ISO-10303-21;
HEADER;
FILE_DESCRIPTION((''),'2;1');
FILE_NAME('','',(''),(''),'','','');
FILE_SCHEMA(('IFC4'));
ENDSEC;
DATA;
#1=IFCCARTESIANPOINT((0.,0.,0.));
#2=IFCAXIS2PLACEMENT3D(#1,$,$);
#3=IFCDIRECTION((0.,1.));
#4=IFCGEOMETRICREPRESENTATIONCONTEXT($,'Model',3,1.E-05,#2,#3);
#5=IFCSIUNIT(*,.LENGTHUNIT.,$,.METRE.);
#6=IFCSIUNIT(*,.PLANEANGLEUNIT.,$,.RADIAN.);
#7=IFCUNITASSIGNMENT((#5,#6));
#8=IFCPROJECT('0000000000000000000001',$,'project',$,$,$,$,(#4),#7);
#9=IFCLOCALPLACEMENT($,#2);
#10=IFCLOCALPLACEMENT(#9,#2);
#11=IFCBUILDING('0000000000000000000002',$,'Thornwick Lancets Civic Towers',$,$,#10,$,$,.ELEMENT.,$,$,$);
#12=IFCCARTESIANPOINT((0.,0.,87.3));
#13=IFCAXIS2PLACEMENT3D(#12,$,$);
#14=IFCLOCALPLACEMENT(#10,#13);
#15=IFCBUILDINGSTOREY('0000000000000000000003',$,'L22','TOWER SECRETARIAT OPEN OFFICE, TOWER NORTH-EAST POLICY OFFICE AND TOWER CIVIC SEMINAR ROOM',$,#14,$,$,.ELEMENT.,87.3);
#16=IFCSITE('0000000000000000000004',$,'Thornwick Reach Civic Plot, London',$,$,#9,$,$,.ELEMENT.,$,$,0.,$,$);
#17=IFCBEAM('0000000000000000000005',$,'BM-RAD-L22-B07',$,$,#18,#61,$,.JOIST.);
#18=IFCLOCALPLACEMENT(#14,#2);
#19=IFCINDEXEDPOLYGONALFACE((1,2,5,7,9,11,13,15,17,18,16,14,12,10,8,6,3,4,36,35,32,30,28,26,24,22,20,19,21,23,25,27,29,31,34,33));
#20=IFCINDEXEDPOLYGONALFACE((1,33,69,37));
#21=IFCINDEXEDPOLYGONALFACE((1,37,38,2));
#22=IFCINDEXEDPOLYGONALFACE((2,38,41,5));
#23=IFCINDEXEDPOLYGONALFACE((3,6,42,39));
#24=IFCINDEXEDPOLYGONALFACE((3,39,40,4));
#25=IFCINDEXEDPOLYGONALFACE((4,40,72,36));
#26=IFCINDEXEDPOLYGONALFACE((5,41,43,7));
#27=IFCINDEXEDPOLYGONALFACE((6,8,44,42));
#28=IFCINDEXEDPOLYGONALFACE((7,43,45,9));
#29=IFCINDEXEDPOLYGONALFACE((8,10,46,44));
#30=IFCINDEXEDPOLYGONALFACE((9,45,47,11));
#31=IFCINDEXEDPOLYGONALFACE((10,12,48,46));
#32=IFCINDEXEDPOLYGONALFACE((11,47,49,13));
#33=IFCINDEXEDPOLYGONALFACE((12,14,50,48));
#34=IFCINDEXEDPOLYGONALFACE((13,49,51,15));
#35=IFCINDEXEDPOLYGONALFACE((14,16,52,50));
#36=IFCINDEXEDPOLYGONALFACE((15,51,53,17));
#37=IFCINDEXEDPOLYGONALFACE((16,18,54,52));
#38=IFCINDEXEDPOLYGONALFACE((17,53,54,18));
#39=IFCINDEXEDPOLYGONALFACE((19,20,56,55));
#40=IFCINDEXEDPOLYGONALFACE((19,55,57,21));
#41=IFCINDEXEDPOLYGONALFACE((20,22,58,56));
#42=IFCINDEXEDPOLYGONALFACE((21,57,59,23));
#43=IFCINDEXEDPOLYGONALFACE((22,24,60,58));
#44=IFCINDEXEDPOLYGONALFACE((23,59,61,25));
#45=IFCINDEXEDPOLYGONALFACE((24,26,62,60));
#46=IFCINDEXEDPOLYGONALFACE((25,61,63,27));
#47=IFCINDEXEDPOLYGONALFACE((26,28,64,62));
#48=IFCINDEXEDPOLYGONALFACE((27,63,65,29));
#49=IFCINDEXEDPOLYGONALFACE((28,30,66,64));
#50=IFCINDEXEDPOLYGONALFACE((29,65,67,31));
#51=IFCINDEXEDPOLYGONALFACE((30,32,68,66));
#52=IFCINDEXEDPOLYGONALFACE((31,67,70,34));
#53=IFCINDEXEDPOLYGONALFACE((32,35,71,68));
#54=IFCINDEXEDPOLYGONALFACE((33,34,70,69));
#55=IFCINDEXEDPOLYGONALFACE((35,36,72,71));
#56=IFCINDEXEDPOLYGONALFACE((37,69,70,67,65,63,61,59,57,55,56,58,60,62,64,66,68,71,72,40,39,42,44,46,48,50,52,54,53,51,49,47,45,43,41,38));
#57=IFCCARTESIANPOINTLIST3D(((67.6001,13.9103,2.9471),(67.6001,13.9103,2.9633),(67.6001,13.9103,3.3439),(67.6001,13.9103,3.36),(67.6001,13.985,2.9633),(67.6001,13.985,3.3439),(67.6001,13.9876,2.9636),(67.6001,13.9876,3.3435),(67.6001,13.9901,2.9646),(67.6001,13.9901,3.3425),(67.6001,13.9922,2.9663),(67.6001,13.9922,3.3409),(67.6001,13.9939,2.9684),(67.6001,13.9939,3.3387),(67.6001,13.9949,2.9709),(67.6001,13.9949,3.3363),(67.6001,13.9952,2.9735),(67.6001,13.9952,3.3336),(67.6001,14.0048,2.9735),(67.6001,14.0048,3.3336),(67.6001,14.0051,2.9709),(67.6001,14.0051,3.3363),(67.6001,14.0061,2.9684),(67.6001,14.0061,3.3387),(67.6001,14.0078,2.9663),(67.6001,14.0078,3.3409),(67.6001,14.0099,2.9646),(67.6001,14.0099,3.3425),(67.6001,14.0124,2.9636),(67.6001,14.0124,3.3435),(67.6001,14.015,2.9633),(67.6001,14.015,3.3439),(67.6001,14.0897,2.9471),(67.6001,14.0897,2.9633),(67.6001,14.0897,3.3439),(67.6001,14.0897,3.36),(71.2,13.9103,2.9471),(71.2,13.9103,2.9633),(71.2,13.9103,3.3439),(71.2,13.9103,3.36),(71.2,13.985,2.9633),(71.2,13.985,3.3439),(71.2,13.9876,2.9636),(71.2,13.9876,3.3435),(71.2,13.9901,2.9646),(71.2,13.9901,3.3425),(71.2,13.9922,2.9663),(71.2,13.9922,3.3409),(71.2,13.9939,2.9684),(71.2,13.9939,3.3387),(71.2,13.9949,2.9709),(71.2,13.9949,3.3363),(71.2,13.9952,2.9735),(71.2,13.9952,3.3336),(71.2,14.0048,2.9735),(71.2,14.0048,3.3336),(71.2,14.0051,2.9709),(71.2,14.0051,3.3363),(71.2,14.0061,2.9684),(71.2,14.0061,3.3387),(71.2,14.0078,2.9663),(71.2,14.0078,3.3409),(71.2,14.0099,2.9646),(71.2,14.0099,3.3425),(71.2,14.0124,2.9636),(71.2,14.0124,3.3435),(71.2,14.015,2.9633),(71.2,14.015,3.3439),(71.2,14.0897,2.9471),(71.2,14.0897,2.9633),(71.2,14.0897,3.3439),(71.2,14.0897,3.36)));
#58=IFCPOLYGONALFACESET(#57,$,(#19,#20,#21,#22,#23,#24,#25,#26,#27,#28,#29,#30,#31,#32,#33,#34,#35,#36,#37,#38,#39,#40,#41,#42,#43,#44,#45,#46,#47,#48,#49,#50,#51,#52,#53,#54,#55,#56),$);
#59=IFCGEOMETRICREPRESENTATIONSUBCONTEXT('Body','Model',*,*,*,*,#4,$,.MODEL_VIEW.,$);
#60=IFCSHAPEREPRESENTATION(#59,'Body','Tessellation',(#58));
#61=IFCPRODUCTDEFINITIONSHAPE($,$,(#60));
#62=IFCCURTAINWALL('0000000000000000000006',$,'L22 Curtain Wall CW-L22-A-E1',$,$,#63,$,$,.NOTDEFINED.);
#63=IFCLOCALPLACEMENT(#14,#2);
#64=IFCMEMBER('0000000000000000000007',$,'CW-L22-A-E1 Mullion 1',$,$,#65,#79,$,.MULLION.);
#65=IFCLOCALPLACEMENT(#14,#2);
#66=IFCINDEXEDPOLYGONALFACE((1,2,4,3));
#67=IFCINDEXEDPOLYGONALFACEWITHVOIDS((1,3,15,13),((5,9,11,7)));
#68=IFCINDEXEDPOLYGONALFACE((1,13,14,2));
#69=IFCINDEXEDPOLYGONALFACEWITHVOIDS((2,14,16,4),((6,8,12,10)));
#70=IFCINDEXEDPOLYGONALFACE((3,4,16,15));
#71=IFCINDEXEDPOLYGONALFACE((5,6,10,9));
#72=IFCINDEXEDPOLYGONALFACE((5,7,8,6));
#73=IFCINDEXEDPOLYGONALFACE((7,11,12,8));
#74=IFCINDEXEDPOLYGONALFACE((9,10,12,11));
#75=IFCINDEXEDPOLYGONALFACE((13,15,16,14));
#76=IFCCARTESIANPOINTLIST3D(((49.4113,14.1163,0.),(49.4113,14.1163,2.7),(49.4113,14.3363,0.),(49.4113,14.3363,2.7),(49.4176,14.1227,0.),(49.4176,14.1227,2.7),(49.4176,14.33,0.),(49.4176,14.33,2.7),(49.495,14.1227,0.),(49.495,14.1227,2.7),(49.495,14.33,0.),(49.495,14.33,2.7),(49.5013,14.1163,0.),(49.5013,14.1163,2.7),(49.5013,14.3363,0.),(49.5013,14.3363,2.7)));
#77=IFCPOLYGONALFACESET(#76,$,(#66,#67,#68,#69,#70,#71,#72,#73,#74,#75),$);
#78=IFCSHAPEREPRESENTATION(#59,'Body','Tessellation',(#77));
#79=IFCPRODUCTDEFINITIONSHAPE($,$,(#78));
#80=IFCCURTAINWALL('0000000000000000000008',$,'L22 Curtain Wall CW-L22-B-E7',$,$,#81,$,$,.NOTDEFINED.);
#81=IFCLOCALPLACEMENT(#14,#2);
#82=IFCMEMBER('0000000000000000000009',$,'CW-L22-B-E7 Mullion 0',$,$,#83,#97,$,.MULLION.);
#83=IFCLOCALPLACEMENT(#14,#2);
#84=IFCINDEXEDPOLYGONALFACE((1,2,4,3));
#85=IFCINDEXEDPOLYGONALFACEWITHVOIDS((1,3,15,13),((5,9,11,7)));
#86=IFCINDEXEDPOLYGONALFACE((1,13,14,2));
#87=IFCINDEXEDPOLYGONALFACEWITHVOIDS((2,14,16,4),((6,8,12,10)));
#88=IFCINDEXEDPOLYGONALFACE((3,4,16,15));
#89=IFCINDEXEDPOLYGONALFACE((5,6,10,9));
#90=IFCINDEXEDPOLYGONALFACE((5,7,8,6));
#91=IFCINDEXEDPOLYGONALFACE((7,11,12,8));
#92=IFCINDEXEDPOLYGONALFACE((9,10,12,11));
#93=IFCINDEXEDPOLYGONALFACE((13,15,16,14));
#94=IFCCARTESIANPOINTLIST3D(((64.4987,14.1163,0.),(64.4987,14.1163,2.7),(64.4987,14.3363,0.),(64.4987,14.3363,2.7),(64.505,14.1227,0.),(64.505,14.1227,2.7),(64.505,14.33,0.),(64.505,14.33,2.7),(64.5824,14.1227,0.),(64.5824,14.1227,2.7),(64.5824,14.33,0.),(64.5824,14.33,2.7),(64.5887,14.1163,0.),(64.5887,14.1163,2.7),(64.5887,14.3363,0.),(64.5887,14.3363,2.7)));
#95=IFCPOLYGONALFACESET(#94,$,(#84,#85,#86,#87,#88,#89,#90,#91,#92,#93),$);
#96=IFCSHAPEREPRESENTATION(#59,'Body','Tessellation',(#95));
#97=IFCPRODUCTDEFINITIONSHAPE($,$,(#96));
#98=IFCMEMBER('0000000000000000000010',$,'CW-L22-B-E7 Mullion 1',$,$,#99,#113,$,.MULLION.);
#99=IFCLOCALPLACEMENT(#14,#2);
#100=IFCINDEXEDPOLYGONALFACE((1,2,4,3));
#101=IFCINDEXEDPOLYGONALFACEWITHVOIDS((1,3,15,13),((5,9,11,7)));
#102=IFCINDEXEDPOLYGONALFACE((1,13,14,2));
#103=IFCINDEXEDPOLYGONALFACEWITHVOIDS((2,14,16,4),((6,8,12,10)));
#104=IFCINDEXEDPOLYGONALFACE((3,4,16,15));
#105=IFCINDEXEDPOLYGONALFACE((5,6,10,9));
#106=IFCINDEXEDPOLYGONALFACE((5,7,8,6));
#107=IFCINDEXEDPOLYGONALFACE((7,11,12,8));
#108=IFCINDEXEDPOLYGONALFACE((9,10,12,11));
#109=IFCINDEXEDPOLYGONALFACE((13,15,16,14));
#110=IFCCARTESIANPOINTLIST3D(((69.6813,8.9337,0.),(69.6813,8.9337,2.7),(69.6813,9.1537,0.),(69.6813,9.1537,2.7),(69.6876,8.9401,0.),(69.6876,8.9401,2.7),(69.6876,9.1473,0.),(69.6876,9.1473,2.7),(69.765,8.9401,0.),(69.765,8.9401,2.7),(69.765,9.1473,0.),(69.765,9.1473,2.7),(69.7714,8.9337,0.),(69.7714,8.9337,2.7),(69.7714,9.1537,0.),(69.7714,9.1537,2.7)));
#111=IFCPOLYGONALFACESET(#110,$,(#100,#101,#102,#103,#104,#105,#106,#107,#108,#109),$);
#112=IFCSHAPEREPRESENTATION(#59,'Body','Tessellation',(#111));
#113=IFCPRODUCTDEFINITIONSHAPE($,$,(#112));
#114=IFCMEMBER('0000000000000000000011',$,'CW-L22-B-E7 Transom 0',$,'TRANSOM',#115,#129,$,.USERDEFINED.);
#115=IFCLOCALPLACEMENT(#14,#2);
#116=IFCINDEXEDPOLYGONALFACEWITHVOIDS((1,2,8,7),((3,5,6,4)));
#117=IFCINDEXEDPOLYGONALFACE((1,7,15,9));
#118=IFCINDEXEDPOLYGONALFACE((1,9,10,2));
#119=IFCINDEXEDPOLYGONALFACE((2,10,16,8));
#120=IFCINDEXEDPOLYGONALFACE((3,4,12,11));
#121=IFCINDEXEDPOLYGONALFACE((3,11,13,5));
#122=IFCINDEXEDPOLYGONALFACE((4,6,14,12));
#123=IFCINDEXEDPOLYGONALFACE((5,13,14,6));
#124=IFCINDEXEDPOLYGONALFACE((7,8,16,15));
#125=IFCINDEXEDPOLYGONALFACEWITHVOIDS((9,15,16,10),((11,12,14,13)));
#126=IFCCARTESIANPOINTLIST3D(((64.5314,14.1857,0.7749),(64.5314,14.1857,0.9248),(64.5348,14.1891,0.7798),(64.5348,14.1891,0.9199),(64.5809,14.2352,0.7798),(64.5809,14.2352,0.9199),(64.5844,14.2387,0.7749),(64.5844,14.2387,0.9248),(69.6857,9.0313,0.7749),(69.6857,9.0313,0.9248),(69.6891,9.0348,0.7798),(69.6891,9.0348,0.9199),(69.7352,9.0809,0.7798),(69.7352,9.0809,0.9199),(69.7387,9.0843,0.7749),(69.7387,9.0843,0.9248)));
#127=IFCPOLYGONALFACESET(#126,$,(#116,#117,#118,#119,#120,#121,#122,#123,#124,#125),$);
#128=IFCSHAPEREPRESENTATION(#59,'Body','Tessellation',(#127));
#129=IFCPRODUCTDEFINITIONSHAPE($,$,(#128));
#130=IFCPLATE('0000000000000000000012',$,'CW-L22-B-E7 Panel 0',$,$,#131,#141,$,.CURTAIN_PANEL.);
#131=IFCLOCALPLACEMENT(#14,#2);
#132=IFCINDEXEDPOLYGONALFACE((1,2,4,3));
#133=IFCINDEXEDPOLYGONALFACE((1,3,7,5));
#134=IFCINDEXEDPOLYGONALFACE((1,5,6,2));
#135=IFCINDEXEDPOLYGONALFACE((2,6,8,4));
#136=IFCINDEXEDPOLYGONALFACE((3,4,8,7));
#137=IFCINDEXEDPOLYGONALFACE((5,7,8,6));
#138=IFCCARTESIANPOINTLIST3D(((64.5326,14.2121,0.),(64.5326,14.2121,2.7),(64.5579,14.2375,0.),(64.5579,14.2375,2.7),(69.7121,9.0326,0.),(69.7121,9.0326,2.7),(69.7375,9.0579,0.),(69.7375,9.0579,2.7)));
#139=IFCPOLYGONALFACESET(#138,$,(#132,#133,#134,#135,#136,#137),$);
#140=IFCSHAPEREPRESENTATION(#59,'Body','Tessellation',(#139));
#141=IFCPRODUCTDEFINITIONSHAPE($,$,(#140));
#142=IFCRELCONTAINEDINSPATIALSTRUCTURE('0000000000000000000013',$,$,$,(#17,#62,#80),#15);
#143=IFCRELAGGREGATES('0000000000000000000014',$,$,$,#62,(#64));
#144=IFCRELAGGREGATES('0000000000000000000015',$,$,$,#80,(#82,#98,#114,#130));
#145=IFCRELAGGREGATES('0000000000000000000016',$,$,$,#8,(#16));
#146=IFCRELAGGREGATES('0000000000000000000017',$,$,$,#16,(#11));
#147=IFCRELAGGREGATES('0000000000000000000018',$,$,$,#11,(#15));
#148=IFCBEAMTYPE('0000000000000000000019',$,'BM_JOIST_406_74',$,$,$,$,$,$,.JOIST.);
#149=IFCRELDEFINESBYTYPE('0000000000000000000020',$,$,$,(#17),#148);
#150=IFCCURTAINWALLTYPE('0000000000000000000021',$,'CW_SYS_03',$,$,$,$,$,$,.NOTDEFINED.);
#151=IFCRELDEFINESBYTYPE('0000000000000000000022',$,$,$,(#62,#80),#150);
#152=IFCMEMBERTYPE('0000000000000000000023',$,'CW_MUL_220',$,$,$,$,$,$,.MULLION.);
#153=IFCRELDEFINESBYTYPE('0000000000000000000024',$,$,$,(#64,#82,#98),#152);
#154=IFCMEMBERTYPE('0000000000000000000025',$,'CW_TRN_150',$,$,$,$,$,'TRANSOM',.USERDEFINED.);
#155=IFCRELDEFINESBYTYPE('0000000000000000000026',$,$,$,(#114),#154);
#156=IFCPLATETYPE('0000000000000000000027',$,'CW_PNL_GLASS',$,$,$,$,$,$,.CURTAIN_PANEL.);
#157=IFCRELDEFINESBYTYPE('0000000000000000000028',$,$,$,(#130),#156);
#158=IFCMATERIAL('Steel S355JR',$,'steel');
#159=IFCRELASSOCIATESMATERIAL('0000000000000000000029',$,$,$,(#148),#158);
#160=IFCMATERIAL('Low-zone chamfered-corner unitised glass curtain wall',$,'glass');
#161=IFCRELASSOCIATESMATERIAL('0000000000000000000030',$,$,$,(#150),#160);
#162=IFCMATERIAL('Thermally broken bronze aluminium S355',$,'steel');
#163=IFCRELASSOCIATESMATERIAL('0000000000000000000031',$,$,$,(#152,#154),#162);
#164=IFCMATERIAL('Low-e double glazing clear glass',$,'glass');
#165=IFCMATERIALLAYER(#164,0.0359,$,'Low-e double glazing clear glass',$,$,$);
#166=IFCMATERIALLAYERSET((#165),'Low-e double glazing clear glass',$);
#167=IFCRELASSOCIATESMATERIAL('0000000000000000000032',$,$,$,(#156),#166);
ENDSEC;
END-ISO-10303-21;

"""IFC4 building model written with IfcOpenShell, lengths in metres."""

from ifc_helpers import new_model, si_unit, direction, frame, origin, origin_2d, place, context, subcontext, project, spatial, rectangle, hollow_rectangle, i_section, extrude, material, layer, layer_set, material_profile, profile_set, type_object, element, aggregate, save


model = new_model("IFC4")

# Units and contexts
model_context = context("Model", 3, precision=1e-05, world=origin(), true_north=direction((0.0, 1.0)))
body_context = subcontext(model_context, "Body", "Model", "MODEL_VIEW")
ifc_project = project(units=[si_unit("LENGTHUNIT", "METRE"), si_unit("PLANEANGLEUNIT", "RADIAN")], contexts=[model_context])

# Site, building, storey
site_placement = place(None, origin())
site = spatial("IfcSite", under=ifc_project, at=site_placement, Name="Thornwick Reach Civic Plot, London", CompositionType="ELEMENT", RefElevation=0.0)
building_placement = place(site_placement, origin())
building = spatial("IfcBuilding", under=site, at=building_placement, Name="Thornwick Lancets Civic Towers", CompositionType="ELEMENT")
storey_placement = place(building_placement, frame((0.0, 0.0, 87.3)))
storey = spatial("IfcBuildingStorey", under=building, at=storey_placement, Name="L22", Description="TOWER SECRETARIAT OPEN OFFICE, TOWER NORTH-EAST POLICY OFFICE AND TOWER CIVIC SEMINAR ROOM", CompositionType="ELEMENT", Elevation=87.3)

# Beam
ifc_material_1 = material(Name="Steel S355JR", Category="steel")
ifc_material_profile_1 = material_profile(ifc_material_1, i_section(OverallWidth=0.1794, OverallDepth=0.4128, WebThickness=0.0095, FlangeThickness=0.0161, FilletRadius=0.0103, at=origin_2d()), Name="UKB 406x178x74")
ifc_profile_set_1 = profile_set([ifc_material_profile_1], Name="Steel S355JR")
beam_type_1 = type_object("IfcBeamType", Name="BM_JOIST_406_74", PredefinedType="JOIST", material=ifc_profile_set_1)
beam_1_placement = place(storey_placement, frame((71.2, 14.0, 3.1536), z_axis=(-1.0, 0.0, 0.0), x_axis=(0.0, -1.0, 0.0)))
element("IfcBeam", 1, at=beam_1_placement, inside=storey, type_object=beam_type_1, Name="BM-RAD-L22-B07", PredefinedType="JOIST", context=body_context, shape_type="SweptSolid", body=[
    extrude(i_section(OverallWidth=0.1794, OverallDepth=0.4128, WebThickness=0.0095, FlangeThickness=0.0161, FilletRadius=0.0103, at=origin_2d()), origin(), (0.0, 0.0, 1.0), 3.5999),
])

# Curtain wall, member
ifc_material_2 = material(Name="Low-zone chamfered-corner unitised glass curtain wall", Category="glass")
curtain_wall_type = type_object("IfcCurtainWallType", Name="CW_SYS_03", PredefinedType="NOTDEFINED", material=ifc_material_2)
curtain_wall_1_placement = place(storey_placement, origin())
curtain_wall_1 = element("IfcCurtainWall", 2, at=curtain_wall_1_placement, inside=storey, type_object=curtain_wall_type, Name="L22 Curtain Wall CW-L22-A-E1", PredefinedType="NOTDEFINED")
ifc_material_3 = material(Name="Thermally broken bronze aluminium S355", Category="steel")
ifc_material_profile_2 = material_profile(ifc_material_3, hollow_rectangle(XDim=0.0901, YDim=0.22, WallThickness=0.0063, at=origin_2d()), Name="RHS 220x90x6.3")
ifc_profile_set_2 = profile_set([ifc_material_profile_2], Name="Thermally broken bronze aluminium S355")
member_type_1 = type_object("IfcMemberType", Name="CW_MUL_220", PredefinedType="MULLION", material=ifc_profile_set_2)
member_1_placement = place(storey_placement, frame((49.4563, 14.2263, 0.0), z_axis=(0.0, 0.0, 1.0), x_axis=(1.0, 0.0, 0.0)))
member_1 = element("IfcMember", 3, at=member_1_placement, type_object=member_type_1, Name="CW-L22-A-E1 Mullion 1", PredefinedType="MULLION", context=body_context, shape_type="SweptSolid", body=[
    extrude(hollow_rectangle(XDim=0.0901, YDim=0.22, WallThickness=0.0063, at=origin_2d()), origin(), (0.0, 0.0, 1.0), 2.7),
])
aggregate(curtain_wall_1, [member_1])

# Curtain wall, members, plate
curtain_wall_2_placement = place(storey_placement, origin())
curtain_wall_2 = element("IfcCurtainWall", 4, at=curtain_wall_2_placement, inside=storey, type_object=curtain_wall_type, Name="L22 Curtain Wall CW-L22-B-E7", PredefinedType="NOTDEFINED")
member_2_placement = place(storey_placement, frame((64.5437, 14.2263, 0.0), z_axis=(0.0, 0.0, 1.0), x_axis=(1.0, 0.0, 0.0)))
member_2 = element("IfcMember", 5, at=member_2_placement, type_object=member_type_1, Name="CW-L22-B-E7 Mullion 0", PredefinedType="MULLION", context=body_context, shape_type="SweptSolid", body=[
    extrude(hollow_rectangle(XDim=0.0901, YDim=0.22, WallThickness=0.0063, at=origin_2d()), origin(), (0.0, 0.0, 1.0), 2.7),
])
member_3_placement = place(storey_placement, frame((69.7263, 9.0437, 0.0), z_axis=(0.0, 0.0, 1.0), x_axis=(1.0, 0.0, 0.0)))
member_3 = element("IfcMember", 6, at=member_3_placement, type_object=member_type_1, Name="CW-L22-B-E7 Mullion 1", PredefinedType="MULLION", context=body_context, shape_type="SweptSolid", body=[
    extrude(hollow_rectangle(XDim=0.0901, YDim=0.22, WallThickness=0.0063, at=origin_2d()), origin(), (0.0, 0.0, 1.0), 2.7),
])
ifc_material_profile_3 = material_profile(ifc_material_3, hollow_rectangle(XDim=0.075, YDim=0.1499, WallThickness=0.0049, at=origin_2d()), Name="RHS 150x75x5")
ifc_profile_set_3 = profile_set([ifc_material_profile_3], Name="Thermally broken bronze aluminium S355")
member_type_2 = type_object("IfcMemberType", Name="CW_TRN_150", ElementType="TRANSOM", PredefinedType="USERDEFINED", material=ifc_profile_set_3)
member_4_placement = place(storey_placement, frame((64.5579, 14.2122, 0.8499), z_axis=(0.707107, -0.707107, 0.0), x_axis=(0.707107, 0.707107, 0.0)))
member_4 = element("IfcMember", 7, at=member_4_placement, type_object=member_type_2, Name="CW-L22-B-E7 Transom 0", ObjectType="TRANSOM", PredefinedType="USERDEFINED", context=body_context, shape_type="SweptSolid", body=[
    extrude(hollow_rectangle(XDim=0.075, YDim=0.1499, WallThickness=0.0049, at=origin_2d()), origin(), (0.0, 0.0, 1.0), 7.2893),
])
ifc_material_4 = material(Name="Low-e double glazing clear glass", Category="glass")
ifc_layer_1 = layer(ifc_material_4, 0.0359, Name="Low-e double glazing clear glass")
ifc_layer_set_1 = layer_set([ifc_layer_1], Name="Low-e double glazing clear glass")
plate_type = type_object("IfcPlateType", Name="CW_PNL_GLASS", PredefinedType="CURTAIN_PANEL", material=ifc_layer_set_1)
plate_placement = place(storey_placement, frame((67.135, 11.635, 0.0), z_axis=(0.0, 0.0, 1.0), x_axis=(0.707107, -0.707107, 0.0)))
plate = element("IfcPlate", 8, at=plate_placement, type_object=plate_type, Name="CW-L22-B-E7 Panel 0", PredefinedType="CURTAIN_PANEL", context=body_context, shape_type="SweptSolid", body=[
    extrude(rectangle(XDim=7.325, YDim=0.0359, at=origin_2d()), origin(), (0.0, 0.0, 1.0), 2.7),
])
aggregate(curtain_wall_2, [member_2, member_3, member_4, plate])

save(model, "model.ifc")
